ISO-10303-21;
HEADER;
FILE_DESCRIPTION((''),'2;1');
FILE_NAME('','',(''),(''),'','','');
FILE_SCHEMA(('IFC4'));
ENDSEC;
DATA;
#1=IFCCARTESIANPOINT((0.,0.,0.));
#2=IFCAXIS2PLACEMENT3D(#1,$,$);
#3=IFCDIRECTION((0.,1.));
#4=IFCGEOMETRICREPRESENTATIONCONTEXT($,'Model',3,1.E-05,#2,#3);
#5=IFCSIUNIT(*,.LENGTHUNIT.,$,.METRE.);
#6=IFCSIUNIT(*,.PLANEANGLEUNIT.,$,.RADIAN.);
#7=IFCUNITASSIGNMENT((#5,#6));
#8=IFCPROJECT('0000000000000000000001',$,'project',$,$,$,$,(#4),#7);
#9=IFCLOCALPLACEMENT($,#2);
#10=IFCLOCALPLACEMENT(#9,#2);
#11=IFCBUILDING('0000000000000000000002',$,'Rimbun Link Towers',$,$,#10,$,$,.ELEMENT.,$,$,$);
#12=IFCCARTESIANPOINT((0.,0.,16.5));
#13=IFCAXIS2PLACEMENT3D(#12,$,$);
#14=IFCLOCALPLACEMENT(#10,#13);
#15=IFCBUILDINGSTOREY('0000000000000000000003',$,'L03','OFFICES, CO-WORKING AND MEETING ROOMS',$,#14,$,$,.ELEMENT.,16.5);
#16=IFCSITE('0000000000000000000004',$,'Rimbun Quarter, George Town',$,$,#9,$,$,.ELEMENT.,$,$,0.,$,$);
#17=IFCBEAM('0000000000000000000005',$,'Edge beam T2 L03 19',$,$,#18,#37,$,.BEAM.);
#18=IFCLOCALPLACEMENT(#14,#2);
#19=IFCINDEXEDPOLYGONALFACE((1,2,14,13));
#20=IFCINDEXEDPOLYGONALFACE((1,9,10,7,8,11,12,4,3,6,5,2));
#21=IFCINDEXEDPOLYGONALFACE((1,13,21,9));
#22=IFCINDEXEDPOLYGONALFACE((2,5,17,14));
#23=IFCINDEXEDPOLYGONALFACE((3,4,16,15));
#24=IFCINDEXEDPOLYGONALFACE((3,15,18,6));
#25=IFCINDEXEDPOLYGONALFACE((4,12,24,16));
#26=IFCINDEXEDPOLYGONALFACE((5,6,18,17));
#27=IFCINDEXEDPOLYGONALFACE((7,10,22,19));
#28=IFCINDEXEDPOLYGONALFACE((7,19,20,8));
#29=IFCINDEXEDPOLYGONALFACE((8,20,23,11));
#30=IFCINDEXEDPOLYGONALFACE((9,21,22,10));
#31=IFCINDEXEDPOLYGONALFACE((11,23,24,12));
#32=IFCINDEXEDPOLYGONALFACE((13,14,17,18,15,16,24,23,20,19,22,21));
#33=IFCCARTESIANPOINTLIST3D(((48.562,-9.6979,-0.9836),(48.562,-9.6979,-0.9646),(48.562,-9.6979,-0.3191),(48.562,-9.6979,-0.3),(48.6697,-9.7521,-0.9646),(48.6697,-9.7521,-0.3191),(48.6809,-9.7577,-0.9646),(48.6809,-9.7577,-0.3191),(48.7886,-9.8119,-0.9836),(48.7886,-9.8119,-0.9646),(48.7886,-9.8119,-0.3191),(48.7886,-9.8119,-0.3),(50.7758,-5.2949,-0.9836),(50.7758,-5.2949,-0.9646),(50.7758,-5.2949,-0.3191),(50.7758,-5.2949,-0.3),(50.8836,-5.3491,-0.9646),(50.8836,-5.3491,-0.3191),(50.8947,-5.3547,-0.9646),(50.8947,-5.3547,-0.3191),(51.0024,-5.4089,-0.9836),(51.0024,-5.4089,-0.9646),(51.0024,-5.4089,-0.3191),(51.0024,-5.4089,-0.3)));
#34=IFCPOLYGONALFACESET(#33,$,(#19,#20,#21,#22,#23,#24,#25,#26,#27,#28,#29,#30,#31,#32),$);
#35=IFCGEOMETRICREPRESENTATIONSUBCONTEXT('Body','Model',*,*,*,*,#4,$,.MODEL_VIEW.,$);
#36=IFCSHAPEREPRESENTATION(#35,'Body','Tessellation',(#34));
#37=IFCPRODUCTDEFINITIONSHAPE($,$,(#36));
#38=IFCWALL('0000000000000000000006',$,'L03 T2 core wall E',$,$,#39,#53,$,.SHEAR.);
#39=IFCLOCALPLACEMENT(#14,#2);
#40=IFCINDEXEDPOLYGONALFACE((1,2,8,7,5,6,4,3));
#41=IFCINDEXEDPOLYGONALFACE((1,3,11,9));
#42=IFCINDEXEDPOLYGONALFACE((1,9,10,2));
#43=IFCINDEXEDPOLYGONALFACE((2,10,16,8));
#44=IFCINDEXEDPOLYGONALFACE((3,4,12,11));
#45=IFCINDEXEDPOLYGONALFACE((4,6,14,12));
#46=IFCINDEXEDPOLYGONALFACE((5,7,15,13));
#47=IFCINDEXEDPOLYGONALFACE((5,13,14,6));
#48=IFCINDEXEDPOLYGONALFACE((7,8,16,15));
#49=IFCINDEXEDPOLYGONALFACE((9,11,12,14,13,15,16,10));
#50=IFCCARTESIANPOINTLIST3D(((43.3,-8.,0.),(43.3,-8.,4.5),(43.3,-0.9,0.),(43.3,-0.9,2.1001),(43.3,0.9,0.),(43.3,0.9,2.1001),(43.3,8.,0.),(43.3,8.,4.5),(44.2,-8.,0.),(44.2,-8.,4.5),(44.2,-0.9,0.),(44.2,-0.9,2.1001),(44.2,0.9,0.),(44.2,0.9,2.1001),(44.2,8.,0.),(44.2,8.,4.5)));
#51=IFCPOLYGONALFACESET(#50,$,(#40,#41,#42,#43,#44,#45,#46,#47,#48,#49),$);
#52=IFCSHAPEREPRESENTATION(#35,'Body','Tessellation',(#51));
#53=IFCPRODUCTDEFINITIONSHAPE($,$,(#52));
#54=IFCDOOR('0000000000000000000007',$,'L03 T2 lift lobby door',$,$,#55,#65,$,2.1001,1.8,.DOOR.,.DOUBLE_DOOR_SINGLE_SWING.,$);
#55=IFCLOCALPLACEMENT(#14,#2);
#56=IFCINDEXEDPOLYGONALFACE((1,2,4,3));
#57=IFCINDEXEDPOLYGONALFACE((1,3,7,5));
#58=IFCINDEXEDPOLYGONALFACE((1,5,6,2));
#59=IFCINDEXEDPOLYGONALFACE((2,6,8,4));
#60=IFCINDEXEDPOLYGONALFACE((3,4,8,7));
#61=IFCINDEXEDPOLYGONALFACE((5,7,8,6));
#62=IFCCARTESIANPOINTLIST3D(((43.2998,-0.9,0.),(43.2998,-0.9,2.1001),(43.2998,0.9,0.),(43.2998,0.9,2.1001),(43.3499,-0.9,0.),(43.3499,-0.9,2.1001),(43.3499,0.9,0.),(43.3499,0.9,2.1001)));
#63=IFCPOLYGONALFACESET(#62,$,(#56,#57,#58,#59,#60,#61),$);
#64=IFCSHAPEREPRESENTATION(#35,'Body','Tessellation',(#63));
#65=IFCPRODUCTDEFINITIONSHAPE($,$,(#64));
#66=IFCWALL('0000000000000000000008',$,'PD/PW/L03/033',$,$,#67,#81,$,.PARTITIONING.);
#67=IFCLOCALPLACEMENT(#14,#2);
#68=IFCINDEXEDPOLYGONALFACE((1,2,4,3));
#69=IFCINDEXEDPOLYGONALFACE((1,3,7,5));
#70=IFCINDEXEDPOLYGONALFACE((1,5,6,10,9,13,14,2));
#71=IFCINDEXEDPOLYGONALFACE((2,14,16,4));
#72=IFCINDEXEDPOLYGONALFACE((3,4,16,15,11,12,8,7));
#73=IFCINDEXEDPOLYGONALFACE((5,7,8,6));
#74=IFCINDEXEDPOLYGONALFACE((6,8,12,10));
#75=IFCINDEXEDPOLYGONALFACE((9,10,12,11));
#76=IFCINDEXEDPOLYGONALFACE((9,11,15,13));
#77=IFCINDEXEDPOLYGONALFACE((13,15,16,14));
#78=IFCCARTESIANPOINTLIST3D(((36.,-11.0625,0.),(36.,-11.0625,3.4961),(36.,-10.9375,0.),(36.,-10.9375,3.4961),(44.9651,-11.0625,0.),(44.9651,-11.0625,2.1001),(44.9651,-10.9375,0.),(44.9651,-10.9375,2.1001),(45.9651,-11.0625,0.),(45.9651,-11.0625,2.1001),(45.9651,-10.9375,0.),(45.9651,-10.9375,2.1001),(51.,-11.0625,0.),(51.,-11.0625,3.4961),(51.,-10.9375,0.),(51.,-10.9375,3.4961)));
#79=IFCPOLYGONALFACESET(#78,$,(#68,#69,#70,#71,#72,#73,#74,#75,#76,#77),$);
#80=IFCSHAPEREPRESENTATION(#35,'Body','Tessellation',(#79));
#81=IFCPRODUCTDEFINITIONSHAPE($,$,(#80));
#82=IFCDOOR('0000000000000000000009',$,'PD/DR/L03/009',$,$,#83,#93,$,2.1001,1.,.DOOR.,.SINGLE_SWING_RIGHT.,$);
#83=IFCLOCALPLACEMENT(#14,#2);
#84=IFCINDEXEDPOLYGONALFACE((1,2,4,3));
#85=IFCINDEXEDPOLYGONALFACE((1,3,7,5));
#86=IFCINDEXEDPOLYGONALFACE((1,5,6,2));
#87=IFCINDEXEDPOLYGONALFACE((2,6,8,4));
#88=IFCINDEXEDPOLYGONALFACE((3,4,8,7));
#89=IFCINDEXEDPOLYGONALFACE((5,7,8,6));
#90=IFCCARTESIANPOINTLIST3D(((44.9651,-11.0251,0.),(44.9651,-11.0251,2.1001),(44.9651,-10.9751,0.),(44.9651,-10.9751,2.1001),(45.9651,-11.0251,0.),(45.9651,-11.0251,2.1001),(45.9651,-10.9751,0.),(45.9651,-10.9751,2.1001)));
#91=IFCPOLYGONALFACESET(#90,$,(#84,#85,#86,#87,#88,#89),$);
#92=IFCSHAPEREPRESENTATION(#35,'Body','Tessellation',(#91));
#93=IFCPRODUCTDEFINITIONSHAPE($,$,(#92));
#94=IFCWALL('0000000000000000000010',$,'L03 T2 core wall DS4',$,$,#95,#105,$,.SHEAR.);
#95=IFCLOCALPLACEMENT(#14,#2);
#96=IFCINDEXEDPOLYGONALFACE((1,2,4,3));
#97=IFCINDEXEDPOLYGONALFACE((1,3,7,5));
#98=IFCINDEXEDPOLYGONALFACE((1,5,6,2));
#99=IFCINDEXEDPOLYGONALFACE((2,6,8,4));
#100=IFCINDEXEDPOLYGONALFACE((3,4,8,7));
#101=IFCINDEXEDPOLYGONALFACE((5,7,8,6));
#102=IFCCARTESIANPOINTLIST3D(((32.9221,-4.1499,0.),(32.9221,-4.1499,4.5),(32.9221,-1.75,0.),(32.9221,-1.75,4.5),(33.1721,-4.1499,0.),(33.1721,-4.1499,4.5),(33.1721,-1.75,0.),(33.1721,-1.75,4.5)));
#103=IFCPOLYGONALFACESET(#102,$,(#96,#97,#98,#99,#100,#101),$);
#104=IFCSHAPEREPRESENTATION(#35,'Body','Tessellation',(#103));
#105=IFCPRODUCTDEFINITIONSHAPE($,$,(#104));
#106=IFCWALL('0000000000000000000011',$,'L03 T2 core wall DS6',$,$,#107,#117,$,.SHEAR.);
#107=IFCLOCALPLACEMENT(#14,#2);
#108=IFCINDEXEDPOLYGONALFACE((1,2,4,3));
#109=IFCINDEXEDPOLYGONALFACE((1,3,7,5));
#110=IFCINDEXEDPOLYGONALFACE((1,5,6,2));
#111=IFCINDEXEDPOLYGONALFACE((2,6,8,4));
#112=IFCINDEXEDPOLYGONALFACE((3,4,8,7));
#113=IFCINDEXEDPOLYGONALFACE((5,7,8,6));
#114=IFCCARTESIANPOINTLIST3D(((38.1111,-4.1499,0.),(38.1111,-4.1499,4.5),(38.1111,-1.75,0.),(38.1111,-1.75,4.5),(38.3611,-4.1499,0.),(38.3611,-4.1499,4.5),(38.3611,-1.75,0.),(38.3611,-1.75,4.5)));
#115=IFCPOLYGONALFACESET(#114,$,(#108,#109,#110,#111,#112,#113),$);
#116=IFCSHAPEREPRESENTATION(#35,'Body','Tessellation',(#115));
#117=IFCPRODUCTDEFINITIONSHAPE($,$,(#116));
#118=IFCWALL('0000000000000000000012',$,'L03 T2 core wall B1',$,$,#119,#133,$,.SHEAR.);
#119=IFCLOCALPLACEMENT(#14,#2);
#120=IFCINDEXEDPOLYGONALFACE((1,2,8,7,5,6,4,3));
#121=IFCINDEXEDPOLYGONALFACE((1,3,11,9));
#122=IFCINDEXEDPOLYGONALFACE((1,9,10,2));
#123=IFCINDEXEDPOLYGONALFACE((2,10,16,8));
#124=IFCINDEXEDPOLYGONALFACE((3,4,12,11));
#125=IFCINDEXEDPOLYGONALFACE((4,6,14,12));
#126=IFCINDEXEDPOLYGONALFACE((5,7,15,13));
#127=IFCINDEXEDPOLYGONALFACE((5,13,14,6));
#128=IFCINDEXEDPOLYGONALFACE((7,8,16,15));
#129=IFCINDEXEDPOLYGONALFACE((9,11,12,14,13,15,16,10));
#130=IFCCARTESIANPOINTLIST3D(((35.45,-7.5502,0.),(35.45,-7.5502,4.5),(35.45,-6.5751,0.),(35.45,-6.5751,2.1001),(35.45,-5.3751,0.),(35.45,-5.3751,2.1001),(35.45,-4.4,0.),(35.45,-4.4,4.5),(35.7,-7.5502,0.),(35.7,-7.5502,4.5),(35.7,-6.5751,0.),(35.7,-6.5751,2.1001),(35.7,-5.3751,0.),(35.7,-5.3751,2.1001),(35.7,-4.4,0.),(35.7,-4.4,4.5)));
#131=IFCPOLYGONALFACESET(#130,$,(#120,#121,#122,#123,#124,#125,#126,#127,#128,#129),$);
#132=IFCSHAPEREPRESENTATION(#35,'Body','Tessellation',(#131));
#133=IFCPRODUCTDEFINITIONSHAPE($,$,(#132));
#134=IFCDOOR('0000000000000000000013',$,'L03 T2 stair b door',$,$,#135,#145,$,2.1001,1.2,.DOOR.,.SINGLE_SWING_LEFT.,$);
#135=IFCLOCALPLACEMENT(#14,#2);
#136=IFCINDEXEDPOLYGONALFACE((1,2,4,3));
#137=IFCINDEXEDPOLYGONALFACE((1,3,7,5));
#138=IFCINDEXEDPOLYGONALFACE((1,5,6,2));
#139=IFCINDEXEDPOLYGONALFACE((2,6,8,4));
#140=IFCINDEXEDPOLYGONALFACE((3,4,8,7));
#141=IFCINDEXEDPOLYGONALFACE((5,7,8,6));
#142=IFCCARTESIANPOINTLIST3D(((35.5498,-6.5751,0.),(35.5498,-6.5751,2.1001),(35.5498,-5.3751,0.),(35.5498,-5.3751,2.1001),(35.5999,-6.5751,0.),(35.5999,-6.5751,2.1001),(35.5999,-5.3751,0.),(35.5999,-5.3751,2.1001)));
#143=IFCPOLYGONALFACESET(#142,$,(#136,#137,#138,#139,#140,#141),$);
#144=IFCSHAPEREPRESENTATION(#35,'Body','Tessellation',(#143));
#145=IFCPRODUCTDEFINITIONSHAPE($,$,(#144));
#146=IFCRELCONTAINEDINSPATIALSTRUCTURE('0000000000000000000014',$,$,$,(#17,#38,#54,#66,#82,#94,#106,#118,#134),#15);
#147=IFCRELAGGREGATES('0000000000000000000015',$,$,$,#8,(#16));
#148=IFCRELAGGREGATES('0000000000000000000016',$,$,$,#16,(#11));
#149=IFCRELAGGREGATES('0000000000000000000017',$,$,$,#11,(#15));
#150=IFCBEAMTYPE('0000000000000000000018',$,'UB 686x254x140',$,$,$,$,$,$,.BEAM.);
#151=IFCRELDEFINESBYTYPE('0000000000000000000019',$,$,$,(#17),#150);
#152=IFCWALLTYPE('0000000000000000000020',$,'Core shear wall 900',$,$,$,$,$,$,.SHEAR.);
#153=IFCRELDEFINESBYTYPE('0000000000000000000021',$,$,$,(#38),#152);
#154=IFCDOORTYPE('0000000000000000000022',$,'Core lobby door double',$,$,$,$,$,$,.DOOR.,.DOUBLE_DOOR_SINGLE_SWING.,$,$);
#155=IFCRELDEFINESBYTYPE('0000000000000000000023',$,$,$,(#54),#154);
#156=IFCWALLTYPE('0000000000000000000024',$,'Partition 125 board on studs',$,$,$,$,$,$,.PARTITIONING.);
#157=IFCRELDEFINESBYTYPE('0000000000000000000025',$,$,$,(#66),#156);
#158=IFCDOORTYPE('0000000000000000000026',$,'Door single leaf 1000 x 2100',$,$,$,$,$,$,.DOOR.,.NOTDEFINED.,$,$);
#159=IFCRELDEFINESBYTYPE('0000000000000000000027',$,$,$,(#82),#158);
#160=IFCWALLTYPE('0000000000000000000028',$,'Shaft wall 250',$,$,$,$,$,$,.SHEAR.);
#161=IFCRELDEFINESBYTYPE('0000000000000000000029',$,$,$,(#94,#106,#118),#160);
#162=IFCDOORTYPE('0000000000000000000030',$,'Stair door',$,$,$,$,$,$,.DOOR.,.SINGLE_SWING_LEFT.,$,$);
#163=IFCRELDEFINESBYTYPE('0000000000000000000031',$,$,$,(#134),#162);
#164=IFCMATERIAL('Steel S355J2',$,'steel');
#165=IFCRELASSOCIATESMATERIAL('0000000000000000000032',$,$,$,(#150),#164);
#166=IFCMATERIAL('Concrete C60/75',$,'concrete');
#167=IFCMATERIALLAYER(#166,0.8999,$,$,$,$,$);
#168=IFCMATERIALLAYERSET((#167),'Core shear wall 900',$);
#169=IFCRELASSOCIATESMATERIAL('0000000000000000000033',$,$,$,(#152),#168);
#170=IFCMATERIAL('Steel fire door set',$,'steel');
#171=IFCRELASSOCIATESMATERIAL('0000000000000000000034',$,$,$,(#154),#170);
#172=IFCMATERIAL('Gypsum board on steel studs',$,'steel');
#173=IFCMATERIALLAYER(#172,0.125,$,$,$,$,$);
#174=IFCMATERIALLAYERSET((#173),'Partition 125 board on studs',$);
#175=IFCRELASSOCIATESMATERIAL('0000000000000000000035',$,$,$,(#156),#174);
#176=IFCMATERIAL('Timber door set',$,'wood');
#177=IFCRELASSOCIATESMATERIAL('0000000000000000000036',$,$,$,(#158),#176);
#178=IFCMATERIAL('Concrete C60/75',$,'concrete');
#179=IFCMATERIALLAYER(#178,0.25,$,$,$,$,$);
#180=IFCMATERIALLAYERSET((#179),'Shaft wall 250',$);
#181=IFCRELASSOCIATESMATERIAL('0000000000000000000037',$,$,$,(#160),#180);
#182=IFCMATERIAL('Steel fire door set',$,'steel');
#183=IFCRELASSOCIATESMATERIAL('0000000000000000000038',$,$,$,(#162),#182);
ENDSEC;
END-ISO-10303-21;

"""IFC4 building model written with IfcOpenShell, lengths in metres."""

from ifc_helpers import new_model, si_unit, direction, frame, frame_2d, origin, origin_2d, place, context, subcontext, project, spatial, rectangle, i_section, extrude, material, layer, layer_set, material_profile, profile_set, type_object, element, fill, save


model = new_model("IFC4")

# Units and contexts
model_context = context("Model", 3, precision=1e-05, world=origin(), true_north=direction((0.0, 1.0)))
body_context = subcontext(model_context, "Body", "Model", "MODEL_VIEW")
ifc_project = project(units=[si_unit("LENGTHUNIT", "METRE"), si_unit("PLANEANGLEUNIT", "RADIAN")], contexts=[model_context])

# Site, building, storey
site_placement = place(None, origin())
site = spatial("IfcSite", under=ifc_project, at=site_placement, Name="Rimbun Quarter, George Town", CompositionType="ELEMENT", RefElevation=0.0)
building_placement = place(site_placement, origin())
building = spatial("IfcBuilding", under=site, at=building_placement, Name="Rimbun Link Towers", CompositionType="ELEMENT")
storey_placement = place(building_placement, frame((0.0, 0.0, 16.5)))
storey = spatial("IfcBuildingStorey", under=building, at=storey_placement, Name="L03", Description="OFFICES, CO-WORKING AND MEETING ROOMS", CompositionType="ELEMENT", Elevation=16.5)

# Beam
ifc_material_1 = material(Name="Steel S355J2", Category="steel")
ifc_material_profile_1 = material_profile(ifc_material_1, i_section(OverallWidth=0.2537, OverallDepth=0.6836, WebThickness=0.0125, FlangeThickness=0.019, at=origin_2d()), Name="UB 686x254x140")
ifc_profile_set_1 = profile_set([ifc_material_profile_1], Name="Steel S355J2")
beam_type_1 = type_object("IfcBeamType", Name="UB 686x254x140", PredefinedType="BEAM", material=ifc_profile_set_1)
beam_1_placement = place(storey_placement, frame((48.6753, -9.7549, -0.6418), z_axis=(0.449214, 0.893424, 0.0), x_axis=(-0.893424, 0.449214, 0.0)))
element("IfcBeam", 1, at=beam_1_placement, inside=storey, type_object=beam_type_1, Name="Edge beam T2 L03 19", PredefinedType="BEAM", context=body_context, shape_type="SweptSolid", body=[
    extrude(i_section(OverallWidth=0.2537, OverallDepth=0.6836, WebThickness=0.0125, FlangeThickness=0.019, at=origin_2d()), origin(), (0.0, 0.0, 1.0), 4.9282),
])

# Walls, openings, doors
ifc_material_2 = material(Name="Concrete C60/75", Category="concrete")
ifc_layer_1 = layer(ifc_material_2, 0.8999)
ifc_layer_set_1 = layer_set([ifc_layer_1], Name="Core shear wall 900")
wall_type_1 = type_object("IfcWallType", Name="Core shear wall 900", PredefinedType="SHEAR", material=ifc_layer_set_1)
wall_1_placement = place(storey_placement, frame((43.75, -8.0, 0.0), z_axis=(0.0, 0.0, 1.0), x_axis=(0.0, 1.0, 0.0)))
wall_1 = element("IfcWall", 2, at=wall_1_placement, inside=storey, type_object=wall_type_1, Name="L03 T2 core wall E", PredefinedType="SHEAR", context=body_context, shape_type="SweptSolid", body=[
    extrude(rectangle(XDim=16.0, YDim=0.8999, at=frame_2d((8.0, 0.0))), origin(), (0.0, 0.0, 1.0), 4.5),
])
opening_1_placement = place(wall_1_placement, frame((7.1001, 0.0, 0.0)))
opening_1 = element("IfcOpeningElement", 3, at=opening_1_placement, cuts=wall_1, PredefinedType="OPENING", context=body_context, shape_type="SweptSolid", body=[
    extrude(rectangle(XDim=1.8, YDim=2.1001, at=frame_2d((0.8999, 1.05))), frame((0.0, 0.46, 0.0), z_axis=(0.0, -1.0, 0.0), x_axis=(1.0, 0.0, 0.0)), (0.0, 0.0, 1.0), 0.9199),
])
ifc_material_3 = material(Name="Steel fire door set", Category="steel")
door_type_1 = type_object("IfcDoorType", Name="Core lobby door double", OperationType="DOUBLE_DOOR_SINGLE_SWING", PredefinedType="DOOR", material=ifc_material_3)
door_1_placement = place(opening_1_placement, origin())
door_1 = element("IfcDoor", 4, at=door_1_placement, inside=storey, type_object=door_type_1, Name="L03 T2 lift lobby door", OperationType="DOUBLE_DOOR_SINGLE_SWING", OverallHeight=2.1001, OverallWidth=1.8, PredefinedType="DOOR", context=body_context, shape_type="SweptSolid", body=[
    extrude(rectangle(XDim=1.8, YDim=2.1001, at=frame_2d((0.8999, 1.05))), frame((0.0, 0.4502, 0.0), z_axis=(0.0, -1.0, 0.0), x_axis=(1.0, 0.0, 0.0)), (0.0, 0.0, 1.0), 0.05),
])
fill(opening_1, door_1)
ifc_material_4 = material(Name="Gypsum board on steel studs", Category="steel")
ifc_layer_2 = layer(ifc_material_4, 0.125)
ifc_layer_set_2 = layer_set([ifc_layer_2], Name="Partition 125 board on studs")
wall_type_2 = type_object("IfcWallType", Name="Partition 125 board on studs", PredefinedType="PARTITIONING", material=ifc_layer_set_2)
wall_2_placement = place(storey_placement, frame((36.0, -11.0, 0.0), z_axis=(0.0, 0.0, 1.0), x_axis=(1.0, 0.0, 0.0)))
wall_2 = element("IfcWall", 5, at=wall_2_placement, inside=storey, type_object=wall_type_2, Name="PD/PW/L03/033", PredefinedType="PARTITIONING", context=body_context, shape_type="SweptSolid", body=[
    extrude(rectangle(XDim=15.0, YDim=0.125, at=frame_2d((7.5, 0.0))), origin(), (0.0, 0.0, 1.0), 3.4961),
])
opening_2_placement = place(wall_2_placement, frame((8.9651, 0.0, 0.0)))
opening_2 = element("IfcOpeningElement", 6, at=opening_2_placement, cuts=wall_2, PredefinedType="OPENING", context=body_context, shape_type="SweptSolid", body=[
    extrude(rectangle(XDim=1.0, YDim=2.1001, at=frame_2d((0.5, 1.05))), frame((0.0, 0.0725, 0.0), z_axis=(0.0, -1.0, 0.0), x_axis=(1.0, 0.0, 0.0)), (0.0, 0.0, 1.0), 0.145),
])
ifc_material_5 = material(Name="Timber door set", Category="wood")
door_type_2 = type_object("IfcDoorType", Name="Door single leaf 1000 x 2100", OperationType="NOTDEFINED", PredefinedType="DOOR", material=ifc_material_5)
door_2_placement = place(opening_2_placement, origin())
door_2 = element("IfcDoor", 7, at=door_2_placement, inside=storey, type_object=door_type_2, Name="PD/DR/L03/009", OperationType="SINGLE_SWING_RIGHT", OverallHeight=2.1001, OverallWidth=1.0, PredefinedType="DOOR", context=body_context, shape_type="SweptSolid", body=[
    extrude(rectangle(XDim=1.0, YDim=2.1001, at=frame_2d((0.5, 1.05))), frame((0.0, 0.0249, 0.0), z_axis=(0.0, -1.0, 0.0), x_axis=(1.0, 0.0, 0.0)), (0.0, 0.0, 1.0), 0.05),
])
fill(opening_2, door_2)

# Walls
ifc_material_6 = material(Name="Concrete C60/75", Category="concrete")
ifc_layer_3 = layer(ifc_material_6, 0.25)
ifc_layer_set_3 = layer_set([ifc_layer_3], Name="Shaft wall 250")
wall_type_3 = type_object("IfcWallType", Name="Shaft wall 250", PredefinedType="SHEAR", material=ifc_layer_set_3)
for number, where, z_axis, x_axis, name in (
    (8, (33.0471, -4.1499, 0.0), (0.0, 0.0, 1.0), (0.0, 1.0, 0.0), "L03 T2 core wall DS4"),
    (9, (38.2361, -4.1499, 0.0), (0.0, 0.0, 1.0), (0.0, 1.0, 0.0), "L03 T2 core wall DS6"),
):
    element("IfcWall", number, at=place(storey_placement, frame(where, z_axis=z_axis, x_axis=x_axis)), inside=storey, type_object=wall_type_3, Name=name, PredefinedType="SHEAR", context=body_context, shape_type="SweptSolid", body=[
        extrude(rectangle(XDim=2.3999, YDim=0.25, at=frame_2d((1.2, 0.0))), origin(), (0.0, 0.0, 1.0), 4.5),
    ])

# Wall, opening, door
wall_3_placement = place(storey_placement, frame((35.575, -4.3999, 0.0), z_axis=(0.0, 0.0, 1.0), x_axis=(0.0, -1.0, 0.0)))
wall_3 = element("IfcWall", 10, at=wall_3_placement, inside=storey, type_object=wall_type_3, Name="L03 T2 core wall B1", PredefinedType="SHEAR", context=body_context, shape_type="SweptSolid", body=[
    extrude(rectangle(XDim=3.1501, YDim=0.25, at=frame_2d((1.5752, 0.0))), origin(), (0.0, 0.0, 1.0), 4.5),
])
opening_3_placement = place(wall_3_placement, frame((0.9751, 0.0, 0.0)))
opening_3 = element("IfcOpeningElement", 11, at=opening_3_placement, cuts=wall_3, PredefinedType="OPENING", context=body_context, shape_type="SweptSolid", body=[
    extrude(rectangle(XDim=1.2, YDim=2.1001, at=frame_2d((0.6001, 1.05))), frame((0.0, 0.135, 0.0), z_axis=(0.0, -1.0, 0.0), x_axis=(1.0, 0.0, 0.0)), (0.0, 0.0, 1.0), 0.27),
])
ifc_material_7 = material(Name="Steel fire door set", Category="steel")
door_type_3 = type_object("IfcDoorType", Name="Stair door", OperationType="SINGLE_SWING_LEFT", PredefinedType="DOOR", material=ifc_material_7)
door_3_placement = place(opening_3_placement, origin())
door_3 = element("IfcDoor", 12, at=door_3_placement, inside=storey, type_object=door_type_3, Name="L03 T2 stair b door", OperationType="SINGLE_SWING_LEFT", OverallHeight=2.1001, OverallWidth=1.2, PredefinedType="DOOR", context=body_context, shape_type="SweptSolid", body=[
    extrude(rectangle(XDim=1.2, YDim=2.1001, at=frame_2d((0.6001, 1.05))), frame((0.0, 0.0249, 0.0), z_axis=(0.0, -1.0, 0.0), x_axis=(1.0, 0.0, 0.0)), (0.0, 0.0, 1.0), 0.05),
])
fill(opening_3, door_3)

save(model, "model.ifc")
